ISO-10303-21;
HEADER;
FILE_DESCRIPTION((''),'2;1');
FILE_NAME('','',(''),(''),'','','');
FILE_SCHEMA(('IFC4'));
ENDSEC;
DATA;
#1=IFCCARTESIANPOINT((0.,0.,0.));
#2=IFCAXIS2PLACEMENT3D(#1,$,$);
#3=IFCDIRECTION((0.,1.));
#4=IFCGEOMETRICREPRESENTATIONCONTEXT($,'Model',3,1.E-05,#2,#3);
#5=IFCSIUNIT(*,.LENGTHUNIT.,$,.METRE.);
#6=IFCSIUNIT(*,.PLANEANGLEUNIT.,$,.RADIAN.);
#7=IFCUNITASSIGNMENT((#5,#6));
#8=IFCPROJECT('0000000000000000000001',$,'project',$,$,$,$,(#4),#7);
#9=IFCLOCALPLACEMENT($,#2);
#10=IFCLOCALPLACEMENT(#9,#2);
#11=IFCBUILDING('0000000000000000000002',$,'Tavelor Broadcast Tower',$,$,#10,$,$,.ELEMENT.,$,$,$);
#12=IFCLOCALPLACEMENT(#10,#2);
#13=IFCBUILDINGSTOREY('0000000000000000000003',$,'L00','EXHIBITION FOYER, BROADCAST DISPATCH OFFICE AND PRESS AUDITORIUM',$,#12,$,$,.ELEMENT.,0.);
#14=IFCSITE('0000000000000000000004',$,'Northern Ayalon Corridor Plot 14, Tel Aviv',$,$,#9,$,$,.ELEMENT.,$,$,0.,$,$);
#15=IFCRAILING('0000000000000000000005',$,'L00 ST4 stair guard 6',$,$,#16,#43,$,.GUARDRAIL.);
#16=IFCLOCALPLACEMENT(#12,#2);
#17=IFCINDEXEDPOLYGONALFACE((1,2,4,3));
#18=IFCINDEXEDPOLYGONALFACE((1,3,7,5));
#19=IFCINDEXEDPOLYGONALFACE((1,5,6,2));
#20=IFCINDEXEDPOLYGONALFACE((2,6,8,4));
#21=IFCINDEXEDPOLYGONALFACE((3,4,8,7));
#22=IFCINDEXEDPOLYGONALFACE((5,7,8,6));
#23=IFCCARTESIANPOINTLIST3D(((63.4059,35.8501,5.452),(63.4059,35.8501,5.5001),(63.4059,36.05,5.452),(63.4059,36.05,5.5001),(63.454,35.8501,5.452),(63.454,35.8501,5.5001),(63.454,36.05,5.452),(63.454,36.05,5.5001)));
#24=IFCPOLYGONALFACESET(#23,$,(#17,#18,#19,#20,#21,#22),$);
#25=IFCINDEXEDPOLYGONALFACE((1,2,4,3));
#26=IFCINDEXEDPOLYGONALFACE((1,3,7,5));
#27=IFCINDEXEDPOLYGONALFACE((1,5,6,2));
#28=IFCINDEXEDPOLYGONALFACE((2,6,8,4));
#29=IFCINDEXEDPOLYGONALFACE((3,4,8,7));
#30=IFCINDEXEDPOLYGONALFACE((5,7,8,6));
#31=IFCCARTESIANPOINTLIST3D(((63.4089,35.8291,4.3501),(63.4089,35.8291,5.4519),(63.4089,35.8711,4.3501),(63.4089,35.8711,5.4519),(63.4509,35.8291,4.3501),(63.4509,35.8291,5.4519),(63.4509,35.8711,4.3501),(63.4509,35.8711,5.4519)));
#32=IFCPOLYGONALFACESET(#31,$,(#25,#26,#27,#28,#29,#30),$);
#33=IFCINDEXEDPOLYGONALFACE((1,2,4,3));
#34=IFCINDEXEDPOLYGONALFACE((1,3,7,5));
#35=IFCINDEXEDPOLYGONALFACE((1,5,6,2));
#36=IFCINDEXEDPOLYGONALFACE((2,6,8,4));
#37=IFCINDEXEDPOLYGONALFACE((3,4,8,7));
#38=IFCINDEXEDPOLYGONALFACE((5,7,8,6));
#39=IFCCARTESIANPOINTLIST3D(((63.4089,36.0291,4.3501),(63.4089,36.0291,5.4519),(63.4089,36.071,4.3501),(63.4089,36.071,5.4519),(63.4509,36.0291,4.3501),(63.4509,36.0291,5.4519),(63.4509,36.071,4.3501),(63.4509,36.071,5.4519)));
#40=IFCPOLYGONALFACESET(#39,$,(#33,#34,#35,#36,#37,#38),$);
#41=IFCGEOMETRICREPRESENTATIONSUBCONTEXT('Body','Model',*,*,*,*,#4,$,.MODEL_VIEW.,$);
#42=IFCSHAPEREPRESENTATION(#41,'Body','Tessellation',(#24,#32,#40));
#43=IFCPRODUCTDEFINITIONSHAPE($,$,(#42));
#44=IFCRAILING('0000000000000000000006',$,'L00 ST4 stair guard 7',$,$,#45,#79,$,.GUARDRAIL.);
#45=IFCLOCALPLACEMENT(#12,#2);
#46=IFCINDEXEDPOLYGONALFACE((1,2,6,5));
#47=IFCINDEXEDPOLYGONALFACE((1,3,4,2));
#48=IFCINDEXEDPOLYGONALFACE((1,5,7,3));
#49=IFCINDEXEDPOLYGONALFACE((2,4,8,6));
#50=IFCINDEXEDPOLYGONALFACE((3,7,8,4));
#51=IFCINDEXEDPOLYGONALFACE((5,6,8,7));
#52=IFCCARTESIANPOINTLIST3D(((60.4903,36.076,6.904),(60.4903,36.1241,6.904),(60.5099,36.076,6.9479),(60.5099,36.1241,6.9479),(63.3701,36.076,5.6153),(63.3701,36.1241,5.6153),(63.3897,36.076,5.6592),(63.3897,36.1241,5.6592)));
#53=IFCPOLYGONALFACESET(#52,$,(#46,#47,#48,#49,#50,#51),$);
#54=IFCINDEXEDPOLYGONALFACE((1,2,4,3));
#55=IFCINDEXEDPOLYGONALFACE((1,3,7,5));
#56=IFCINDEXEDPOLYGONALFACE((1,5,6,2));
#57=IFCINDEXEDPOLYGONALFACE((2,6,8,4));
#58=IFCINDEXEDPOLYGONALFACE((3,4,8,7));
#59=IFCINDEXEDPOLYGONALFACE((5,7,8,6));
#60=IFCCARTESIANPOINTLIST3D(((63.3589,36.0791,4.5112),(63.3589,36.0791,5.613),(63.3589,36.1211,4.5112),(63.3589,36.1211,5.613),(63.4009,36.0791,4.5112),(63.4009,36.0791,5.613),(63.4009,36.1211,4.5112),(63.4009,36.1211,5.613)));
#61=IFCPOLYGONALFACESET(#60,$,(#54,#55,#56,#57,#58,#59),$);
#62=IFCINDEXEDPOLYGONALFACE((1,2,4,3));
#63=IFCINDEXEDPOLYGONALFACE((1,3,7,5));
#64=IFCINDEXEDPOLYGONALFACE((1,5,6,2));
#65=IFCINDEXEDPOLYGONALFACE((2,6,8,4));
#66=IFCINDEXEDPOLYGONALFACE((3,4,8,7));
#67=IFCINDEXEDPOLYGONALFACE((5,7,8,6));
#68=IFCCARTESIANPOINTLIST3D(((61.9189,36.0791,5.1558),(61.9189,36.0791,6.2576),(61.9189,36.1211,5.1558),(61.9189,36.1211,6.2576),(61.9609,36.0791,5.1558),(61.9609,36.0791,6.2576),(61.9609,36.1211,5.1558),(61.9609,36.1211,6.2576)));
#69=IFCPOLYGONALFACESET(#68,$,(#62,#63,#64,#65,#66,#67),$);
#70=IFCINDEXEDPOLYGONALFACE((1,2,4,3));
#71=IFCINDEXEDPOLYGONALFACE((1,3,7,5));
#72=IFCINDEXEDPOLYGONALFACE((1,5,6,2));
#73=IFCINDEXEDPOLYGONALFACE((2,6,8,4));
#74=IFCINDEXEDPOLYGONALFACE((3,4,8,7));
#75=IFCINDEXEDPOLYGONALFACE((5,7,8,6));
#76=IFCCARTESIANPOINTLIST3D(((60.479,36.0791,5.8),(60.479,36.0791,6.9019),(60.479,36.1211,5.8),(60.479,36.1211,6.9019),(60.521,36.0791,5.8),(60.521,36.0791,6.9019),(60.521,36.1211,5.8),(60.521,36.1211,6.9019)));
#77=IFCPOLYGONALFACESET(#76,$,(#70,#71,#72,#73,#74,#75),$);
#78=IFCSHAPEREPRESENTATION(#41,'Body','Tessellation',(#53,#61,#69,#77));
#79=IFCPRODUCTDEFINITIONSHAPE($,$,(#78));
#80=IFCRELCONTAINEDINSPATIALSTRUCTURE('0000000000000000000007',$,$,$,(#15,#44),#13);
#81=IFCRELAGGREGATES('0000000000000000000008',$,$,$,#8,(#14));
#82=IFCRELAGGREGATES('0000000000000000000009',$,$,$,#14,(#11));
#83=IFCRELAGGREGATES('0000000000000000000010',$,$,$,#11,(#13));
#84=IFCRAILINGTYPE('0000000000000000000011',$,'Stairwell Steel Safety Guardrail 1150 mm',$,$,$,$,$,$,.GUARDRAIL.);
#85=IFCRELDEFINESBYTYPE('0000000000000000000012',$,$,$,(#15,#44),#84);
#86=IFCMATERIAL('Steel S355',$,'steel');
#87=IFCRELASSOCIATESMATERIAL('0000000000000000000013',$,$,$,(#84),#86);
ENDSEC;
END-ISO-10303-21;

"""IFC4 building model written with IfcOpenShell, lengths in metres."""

from ifc_helpers import new_model, si_unit, direction, frame, origin, origin_2d, place, context, subcontext, project, spatial, rectangle, extrude, material, type_object, element, save


model = new_model("IFC4")

# Units and contexts
model_context = context("Model", 3, precision=1e-05, world=origin(), true_north=direction((0.0, 1.0)))
body_context = subcontext(model_context, "Body", "Model", "MODEL_VIEW")
ifc_project = project(units=[si_unit("LENGTHUNIT", "METRE"), si_unit("PLANEANGLEUNIT", "RADIAN")], contexts=[model_context])

# Site, building, storey
site_placement = place(None, origin())
site = spatial("IfcSite", under=ifc_project, at=site_placement, Name="Northern Ayalon Corridor Plot 14, Tel Aviv", CompositionType="ELEMENT", RefElevation=0.0)
building_placement = place(site_placement, origin())
building = spatial("IfcBuilding", under=site, at=building_placement, Name="Tavelor Broadcast Tower", CompositionType="ELEMENT")
storey_placement = place(building_placement, origin())
storey = spatial("IfcBuildingStorey", under=building, at=storey_placement, Name="L00", Description="EXHIBITION FOYER, BROADCAST DISPATCH OFFICE AND PRESS AUDITORIUM", CompositionType="ELEMENT", Elevation=0.0)

# Shared definitions
ifc_material_1 = material(Name="Steel S355", Category="steel")

# Railings
railing_type = type_object("IfcRailingType", Name="Stairwell Steel Safety Guardrail 1150 mm", PredefinedType="GUARDRAIL", material=ifc_material_1)
railing_1_placement = place(storey_placement, frame((63.4299, 35.8501, 4.3501)))
element("IfcRailing", 1, at=railing_1_placement, inside=storey, type_object=railing_type, Name="L00 ST4 stair guard 6", PredefinedType="GUARDRAIL", context=body_context, shape_type="SweptSolid", body=[
    extrude(rectangle(XDim=0.0481, YDim=0.0481, at=origin_2d()), frame((0.0, 0.0, 1.126), z_axis=(0.0, 1.0, 0.0), x_axis=(-1.0, 0.0, 0.0)), (0.0, 0.0, 1.0), 0.2),
    extrude(rectangle(XDim=0.042, YDim=0.042, at=origin_2d()), origin(), (0.0, 0.0, 1.0), 1.1018),
    extrude(rectangle(XDim=0.042, YDim=0.042, at=origin_2d()), frame((0.0, 0.2, 0.0)), (0.0, 0.0, 1.0), 1.1018),
])
railing_2_placement = place(storey_placement, frame((63.3799, 36.1001, 4.5112)))
element("IfcRailing", 2, at=railing_2_placement, inside=storey, type_object=railing_type, Name="L00 ST4 stair guard 7", PredefinedType="GUARDRAIL", context=body_context, shape_type="SweptSolid", body=[
    extrude(rectangle(XDim=0.0481, YDim=0.0481, at=origin_2d()), frame((0.0, 0.0, 1.126), z_axis=(-0.912765, 0.0, 0.408485), x_axis=(0.0, -1.0, 0.0)), (0.0, 0.0, 1.0), 3.155),
    extrude(rectangle(XDim=0.042, YDim=0.042, at=origin_2d()), origin(), (0.0, 0.0, 1.0), 1.1018),
    extrude(rectangle(XDim=0.042, YDim=0.042, at=origin_2d()), frame((-1.4399, 0.0, 0.6445)), (0.0, 0.0, 1.0), 1.1018),
    extrude(rectangle(XDim=0.042, YDim=0.042, at=origin_2d()), frame((-2.8799, 0.0, 1.2888)), (0.0, 0.0, 1.0), 1.1018),
])

save(model, "model.ifc")
